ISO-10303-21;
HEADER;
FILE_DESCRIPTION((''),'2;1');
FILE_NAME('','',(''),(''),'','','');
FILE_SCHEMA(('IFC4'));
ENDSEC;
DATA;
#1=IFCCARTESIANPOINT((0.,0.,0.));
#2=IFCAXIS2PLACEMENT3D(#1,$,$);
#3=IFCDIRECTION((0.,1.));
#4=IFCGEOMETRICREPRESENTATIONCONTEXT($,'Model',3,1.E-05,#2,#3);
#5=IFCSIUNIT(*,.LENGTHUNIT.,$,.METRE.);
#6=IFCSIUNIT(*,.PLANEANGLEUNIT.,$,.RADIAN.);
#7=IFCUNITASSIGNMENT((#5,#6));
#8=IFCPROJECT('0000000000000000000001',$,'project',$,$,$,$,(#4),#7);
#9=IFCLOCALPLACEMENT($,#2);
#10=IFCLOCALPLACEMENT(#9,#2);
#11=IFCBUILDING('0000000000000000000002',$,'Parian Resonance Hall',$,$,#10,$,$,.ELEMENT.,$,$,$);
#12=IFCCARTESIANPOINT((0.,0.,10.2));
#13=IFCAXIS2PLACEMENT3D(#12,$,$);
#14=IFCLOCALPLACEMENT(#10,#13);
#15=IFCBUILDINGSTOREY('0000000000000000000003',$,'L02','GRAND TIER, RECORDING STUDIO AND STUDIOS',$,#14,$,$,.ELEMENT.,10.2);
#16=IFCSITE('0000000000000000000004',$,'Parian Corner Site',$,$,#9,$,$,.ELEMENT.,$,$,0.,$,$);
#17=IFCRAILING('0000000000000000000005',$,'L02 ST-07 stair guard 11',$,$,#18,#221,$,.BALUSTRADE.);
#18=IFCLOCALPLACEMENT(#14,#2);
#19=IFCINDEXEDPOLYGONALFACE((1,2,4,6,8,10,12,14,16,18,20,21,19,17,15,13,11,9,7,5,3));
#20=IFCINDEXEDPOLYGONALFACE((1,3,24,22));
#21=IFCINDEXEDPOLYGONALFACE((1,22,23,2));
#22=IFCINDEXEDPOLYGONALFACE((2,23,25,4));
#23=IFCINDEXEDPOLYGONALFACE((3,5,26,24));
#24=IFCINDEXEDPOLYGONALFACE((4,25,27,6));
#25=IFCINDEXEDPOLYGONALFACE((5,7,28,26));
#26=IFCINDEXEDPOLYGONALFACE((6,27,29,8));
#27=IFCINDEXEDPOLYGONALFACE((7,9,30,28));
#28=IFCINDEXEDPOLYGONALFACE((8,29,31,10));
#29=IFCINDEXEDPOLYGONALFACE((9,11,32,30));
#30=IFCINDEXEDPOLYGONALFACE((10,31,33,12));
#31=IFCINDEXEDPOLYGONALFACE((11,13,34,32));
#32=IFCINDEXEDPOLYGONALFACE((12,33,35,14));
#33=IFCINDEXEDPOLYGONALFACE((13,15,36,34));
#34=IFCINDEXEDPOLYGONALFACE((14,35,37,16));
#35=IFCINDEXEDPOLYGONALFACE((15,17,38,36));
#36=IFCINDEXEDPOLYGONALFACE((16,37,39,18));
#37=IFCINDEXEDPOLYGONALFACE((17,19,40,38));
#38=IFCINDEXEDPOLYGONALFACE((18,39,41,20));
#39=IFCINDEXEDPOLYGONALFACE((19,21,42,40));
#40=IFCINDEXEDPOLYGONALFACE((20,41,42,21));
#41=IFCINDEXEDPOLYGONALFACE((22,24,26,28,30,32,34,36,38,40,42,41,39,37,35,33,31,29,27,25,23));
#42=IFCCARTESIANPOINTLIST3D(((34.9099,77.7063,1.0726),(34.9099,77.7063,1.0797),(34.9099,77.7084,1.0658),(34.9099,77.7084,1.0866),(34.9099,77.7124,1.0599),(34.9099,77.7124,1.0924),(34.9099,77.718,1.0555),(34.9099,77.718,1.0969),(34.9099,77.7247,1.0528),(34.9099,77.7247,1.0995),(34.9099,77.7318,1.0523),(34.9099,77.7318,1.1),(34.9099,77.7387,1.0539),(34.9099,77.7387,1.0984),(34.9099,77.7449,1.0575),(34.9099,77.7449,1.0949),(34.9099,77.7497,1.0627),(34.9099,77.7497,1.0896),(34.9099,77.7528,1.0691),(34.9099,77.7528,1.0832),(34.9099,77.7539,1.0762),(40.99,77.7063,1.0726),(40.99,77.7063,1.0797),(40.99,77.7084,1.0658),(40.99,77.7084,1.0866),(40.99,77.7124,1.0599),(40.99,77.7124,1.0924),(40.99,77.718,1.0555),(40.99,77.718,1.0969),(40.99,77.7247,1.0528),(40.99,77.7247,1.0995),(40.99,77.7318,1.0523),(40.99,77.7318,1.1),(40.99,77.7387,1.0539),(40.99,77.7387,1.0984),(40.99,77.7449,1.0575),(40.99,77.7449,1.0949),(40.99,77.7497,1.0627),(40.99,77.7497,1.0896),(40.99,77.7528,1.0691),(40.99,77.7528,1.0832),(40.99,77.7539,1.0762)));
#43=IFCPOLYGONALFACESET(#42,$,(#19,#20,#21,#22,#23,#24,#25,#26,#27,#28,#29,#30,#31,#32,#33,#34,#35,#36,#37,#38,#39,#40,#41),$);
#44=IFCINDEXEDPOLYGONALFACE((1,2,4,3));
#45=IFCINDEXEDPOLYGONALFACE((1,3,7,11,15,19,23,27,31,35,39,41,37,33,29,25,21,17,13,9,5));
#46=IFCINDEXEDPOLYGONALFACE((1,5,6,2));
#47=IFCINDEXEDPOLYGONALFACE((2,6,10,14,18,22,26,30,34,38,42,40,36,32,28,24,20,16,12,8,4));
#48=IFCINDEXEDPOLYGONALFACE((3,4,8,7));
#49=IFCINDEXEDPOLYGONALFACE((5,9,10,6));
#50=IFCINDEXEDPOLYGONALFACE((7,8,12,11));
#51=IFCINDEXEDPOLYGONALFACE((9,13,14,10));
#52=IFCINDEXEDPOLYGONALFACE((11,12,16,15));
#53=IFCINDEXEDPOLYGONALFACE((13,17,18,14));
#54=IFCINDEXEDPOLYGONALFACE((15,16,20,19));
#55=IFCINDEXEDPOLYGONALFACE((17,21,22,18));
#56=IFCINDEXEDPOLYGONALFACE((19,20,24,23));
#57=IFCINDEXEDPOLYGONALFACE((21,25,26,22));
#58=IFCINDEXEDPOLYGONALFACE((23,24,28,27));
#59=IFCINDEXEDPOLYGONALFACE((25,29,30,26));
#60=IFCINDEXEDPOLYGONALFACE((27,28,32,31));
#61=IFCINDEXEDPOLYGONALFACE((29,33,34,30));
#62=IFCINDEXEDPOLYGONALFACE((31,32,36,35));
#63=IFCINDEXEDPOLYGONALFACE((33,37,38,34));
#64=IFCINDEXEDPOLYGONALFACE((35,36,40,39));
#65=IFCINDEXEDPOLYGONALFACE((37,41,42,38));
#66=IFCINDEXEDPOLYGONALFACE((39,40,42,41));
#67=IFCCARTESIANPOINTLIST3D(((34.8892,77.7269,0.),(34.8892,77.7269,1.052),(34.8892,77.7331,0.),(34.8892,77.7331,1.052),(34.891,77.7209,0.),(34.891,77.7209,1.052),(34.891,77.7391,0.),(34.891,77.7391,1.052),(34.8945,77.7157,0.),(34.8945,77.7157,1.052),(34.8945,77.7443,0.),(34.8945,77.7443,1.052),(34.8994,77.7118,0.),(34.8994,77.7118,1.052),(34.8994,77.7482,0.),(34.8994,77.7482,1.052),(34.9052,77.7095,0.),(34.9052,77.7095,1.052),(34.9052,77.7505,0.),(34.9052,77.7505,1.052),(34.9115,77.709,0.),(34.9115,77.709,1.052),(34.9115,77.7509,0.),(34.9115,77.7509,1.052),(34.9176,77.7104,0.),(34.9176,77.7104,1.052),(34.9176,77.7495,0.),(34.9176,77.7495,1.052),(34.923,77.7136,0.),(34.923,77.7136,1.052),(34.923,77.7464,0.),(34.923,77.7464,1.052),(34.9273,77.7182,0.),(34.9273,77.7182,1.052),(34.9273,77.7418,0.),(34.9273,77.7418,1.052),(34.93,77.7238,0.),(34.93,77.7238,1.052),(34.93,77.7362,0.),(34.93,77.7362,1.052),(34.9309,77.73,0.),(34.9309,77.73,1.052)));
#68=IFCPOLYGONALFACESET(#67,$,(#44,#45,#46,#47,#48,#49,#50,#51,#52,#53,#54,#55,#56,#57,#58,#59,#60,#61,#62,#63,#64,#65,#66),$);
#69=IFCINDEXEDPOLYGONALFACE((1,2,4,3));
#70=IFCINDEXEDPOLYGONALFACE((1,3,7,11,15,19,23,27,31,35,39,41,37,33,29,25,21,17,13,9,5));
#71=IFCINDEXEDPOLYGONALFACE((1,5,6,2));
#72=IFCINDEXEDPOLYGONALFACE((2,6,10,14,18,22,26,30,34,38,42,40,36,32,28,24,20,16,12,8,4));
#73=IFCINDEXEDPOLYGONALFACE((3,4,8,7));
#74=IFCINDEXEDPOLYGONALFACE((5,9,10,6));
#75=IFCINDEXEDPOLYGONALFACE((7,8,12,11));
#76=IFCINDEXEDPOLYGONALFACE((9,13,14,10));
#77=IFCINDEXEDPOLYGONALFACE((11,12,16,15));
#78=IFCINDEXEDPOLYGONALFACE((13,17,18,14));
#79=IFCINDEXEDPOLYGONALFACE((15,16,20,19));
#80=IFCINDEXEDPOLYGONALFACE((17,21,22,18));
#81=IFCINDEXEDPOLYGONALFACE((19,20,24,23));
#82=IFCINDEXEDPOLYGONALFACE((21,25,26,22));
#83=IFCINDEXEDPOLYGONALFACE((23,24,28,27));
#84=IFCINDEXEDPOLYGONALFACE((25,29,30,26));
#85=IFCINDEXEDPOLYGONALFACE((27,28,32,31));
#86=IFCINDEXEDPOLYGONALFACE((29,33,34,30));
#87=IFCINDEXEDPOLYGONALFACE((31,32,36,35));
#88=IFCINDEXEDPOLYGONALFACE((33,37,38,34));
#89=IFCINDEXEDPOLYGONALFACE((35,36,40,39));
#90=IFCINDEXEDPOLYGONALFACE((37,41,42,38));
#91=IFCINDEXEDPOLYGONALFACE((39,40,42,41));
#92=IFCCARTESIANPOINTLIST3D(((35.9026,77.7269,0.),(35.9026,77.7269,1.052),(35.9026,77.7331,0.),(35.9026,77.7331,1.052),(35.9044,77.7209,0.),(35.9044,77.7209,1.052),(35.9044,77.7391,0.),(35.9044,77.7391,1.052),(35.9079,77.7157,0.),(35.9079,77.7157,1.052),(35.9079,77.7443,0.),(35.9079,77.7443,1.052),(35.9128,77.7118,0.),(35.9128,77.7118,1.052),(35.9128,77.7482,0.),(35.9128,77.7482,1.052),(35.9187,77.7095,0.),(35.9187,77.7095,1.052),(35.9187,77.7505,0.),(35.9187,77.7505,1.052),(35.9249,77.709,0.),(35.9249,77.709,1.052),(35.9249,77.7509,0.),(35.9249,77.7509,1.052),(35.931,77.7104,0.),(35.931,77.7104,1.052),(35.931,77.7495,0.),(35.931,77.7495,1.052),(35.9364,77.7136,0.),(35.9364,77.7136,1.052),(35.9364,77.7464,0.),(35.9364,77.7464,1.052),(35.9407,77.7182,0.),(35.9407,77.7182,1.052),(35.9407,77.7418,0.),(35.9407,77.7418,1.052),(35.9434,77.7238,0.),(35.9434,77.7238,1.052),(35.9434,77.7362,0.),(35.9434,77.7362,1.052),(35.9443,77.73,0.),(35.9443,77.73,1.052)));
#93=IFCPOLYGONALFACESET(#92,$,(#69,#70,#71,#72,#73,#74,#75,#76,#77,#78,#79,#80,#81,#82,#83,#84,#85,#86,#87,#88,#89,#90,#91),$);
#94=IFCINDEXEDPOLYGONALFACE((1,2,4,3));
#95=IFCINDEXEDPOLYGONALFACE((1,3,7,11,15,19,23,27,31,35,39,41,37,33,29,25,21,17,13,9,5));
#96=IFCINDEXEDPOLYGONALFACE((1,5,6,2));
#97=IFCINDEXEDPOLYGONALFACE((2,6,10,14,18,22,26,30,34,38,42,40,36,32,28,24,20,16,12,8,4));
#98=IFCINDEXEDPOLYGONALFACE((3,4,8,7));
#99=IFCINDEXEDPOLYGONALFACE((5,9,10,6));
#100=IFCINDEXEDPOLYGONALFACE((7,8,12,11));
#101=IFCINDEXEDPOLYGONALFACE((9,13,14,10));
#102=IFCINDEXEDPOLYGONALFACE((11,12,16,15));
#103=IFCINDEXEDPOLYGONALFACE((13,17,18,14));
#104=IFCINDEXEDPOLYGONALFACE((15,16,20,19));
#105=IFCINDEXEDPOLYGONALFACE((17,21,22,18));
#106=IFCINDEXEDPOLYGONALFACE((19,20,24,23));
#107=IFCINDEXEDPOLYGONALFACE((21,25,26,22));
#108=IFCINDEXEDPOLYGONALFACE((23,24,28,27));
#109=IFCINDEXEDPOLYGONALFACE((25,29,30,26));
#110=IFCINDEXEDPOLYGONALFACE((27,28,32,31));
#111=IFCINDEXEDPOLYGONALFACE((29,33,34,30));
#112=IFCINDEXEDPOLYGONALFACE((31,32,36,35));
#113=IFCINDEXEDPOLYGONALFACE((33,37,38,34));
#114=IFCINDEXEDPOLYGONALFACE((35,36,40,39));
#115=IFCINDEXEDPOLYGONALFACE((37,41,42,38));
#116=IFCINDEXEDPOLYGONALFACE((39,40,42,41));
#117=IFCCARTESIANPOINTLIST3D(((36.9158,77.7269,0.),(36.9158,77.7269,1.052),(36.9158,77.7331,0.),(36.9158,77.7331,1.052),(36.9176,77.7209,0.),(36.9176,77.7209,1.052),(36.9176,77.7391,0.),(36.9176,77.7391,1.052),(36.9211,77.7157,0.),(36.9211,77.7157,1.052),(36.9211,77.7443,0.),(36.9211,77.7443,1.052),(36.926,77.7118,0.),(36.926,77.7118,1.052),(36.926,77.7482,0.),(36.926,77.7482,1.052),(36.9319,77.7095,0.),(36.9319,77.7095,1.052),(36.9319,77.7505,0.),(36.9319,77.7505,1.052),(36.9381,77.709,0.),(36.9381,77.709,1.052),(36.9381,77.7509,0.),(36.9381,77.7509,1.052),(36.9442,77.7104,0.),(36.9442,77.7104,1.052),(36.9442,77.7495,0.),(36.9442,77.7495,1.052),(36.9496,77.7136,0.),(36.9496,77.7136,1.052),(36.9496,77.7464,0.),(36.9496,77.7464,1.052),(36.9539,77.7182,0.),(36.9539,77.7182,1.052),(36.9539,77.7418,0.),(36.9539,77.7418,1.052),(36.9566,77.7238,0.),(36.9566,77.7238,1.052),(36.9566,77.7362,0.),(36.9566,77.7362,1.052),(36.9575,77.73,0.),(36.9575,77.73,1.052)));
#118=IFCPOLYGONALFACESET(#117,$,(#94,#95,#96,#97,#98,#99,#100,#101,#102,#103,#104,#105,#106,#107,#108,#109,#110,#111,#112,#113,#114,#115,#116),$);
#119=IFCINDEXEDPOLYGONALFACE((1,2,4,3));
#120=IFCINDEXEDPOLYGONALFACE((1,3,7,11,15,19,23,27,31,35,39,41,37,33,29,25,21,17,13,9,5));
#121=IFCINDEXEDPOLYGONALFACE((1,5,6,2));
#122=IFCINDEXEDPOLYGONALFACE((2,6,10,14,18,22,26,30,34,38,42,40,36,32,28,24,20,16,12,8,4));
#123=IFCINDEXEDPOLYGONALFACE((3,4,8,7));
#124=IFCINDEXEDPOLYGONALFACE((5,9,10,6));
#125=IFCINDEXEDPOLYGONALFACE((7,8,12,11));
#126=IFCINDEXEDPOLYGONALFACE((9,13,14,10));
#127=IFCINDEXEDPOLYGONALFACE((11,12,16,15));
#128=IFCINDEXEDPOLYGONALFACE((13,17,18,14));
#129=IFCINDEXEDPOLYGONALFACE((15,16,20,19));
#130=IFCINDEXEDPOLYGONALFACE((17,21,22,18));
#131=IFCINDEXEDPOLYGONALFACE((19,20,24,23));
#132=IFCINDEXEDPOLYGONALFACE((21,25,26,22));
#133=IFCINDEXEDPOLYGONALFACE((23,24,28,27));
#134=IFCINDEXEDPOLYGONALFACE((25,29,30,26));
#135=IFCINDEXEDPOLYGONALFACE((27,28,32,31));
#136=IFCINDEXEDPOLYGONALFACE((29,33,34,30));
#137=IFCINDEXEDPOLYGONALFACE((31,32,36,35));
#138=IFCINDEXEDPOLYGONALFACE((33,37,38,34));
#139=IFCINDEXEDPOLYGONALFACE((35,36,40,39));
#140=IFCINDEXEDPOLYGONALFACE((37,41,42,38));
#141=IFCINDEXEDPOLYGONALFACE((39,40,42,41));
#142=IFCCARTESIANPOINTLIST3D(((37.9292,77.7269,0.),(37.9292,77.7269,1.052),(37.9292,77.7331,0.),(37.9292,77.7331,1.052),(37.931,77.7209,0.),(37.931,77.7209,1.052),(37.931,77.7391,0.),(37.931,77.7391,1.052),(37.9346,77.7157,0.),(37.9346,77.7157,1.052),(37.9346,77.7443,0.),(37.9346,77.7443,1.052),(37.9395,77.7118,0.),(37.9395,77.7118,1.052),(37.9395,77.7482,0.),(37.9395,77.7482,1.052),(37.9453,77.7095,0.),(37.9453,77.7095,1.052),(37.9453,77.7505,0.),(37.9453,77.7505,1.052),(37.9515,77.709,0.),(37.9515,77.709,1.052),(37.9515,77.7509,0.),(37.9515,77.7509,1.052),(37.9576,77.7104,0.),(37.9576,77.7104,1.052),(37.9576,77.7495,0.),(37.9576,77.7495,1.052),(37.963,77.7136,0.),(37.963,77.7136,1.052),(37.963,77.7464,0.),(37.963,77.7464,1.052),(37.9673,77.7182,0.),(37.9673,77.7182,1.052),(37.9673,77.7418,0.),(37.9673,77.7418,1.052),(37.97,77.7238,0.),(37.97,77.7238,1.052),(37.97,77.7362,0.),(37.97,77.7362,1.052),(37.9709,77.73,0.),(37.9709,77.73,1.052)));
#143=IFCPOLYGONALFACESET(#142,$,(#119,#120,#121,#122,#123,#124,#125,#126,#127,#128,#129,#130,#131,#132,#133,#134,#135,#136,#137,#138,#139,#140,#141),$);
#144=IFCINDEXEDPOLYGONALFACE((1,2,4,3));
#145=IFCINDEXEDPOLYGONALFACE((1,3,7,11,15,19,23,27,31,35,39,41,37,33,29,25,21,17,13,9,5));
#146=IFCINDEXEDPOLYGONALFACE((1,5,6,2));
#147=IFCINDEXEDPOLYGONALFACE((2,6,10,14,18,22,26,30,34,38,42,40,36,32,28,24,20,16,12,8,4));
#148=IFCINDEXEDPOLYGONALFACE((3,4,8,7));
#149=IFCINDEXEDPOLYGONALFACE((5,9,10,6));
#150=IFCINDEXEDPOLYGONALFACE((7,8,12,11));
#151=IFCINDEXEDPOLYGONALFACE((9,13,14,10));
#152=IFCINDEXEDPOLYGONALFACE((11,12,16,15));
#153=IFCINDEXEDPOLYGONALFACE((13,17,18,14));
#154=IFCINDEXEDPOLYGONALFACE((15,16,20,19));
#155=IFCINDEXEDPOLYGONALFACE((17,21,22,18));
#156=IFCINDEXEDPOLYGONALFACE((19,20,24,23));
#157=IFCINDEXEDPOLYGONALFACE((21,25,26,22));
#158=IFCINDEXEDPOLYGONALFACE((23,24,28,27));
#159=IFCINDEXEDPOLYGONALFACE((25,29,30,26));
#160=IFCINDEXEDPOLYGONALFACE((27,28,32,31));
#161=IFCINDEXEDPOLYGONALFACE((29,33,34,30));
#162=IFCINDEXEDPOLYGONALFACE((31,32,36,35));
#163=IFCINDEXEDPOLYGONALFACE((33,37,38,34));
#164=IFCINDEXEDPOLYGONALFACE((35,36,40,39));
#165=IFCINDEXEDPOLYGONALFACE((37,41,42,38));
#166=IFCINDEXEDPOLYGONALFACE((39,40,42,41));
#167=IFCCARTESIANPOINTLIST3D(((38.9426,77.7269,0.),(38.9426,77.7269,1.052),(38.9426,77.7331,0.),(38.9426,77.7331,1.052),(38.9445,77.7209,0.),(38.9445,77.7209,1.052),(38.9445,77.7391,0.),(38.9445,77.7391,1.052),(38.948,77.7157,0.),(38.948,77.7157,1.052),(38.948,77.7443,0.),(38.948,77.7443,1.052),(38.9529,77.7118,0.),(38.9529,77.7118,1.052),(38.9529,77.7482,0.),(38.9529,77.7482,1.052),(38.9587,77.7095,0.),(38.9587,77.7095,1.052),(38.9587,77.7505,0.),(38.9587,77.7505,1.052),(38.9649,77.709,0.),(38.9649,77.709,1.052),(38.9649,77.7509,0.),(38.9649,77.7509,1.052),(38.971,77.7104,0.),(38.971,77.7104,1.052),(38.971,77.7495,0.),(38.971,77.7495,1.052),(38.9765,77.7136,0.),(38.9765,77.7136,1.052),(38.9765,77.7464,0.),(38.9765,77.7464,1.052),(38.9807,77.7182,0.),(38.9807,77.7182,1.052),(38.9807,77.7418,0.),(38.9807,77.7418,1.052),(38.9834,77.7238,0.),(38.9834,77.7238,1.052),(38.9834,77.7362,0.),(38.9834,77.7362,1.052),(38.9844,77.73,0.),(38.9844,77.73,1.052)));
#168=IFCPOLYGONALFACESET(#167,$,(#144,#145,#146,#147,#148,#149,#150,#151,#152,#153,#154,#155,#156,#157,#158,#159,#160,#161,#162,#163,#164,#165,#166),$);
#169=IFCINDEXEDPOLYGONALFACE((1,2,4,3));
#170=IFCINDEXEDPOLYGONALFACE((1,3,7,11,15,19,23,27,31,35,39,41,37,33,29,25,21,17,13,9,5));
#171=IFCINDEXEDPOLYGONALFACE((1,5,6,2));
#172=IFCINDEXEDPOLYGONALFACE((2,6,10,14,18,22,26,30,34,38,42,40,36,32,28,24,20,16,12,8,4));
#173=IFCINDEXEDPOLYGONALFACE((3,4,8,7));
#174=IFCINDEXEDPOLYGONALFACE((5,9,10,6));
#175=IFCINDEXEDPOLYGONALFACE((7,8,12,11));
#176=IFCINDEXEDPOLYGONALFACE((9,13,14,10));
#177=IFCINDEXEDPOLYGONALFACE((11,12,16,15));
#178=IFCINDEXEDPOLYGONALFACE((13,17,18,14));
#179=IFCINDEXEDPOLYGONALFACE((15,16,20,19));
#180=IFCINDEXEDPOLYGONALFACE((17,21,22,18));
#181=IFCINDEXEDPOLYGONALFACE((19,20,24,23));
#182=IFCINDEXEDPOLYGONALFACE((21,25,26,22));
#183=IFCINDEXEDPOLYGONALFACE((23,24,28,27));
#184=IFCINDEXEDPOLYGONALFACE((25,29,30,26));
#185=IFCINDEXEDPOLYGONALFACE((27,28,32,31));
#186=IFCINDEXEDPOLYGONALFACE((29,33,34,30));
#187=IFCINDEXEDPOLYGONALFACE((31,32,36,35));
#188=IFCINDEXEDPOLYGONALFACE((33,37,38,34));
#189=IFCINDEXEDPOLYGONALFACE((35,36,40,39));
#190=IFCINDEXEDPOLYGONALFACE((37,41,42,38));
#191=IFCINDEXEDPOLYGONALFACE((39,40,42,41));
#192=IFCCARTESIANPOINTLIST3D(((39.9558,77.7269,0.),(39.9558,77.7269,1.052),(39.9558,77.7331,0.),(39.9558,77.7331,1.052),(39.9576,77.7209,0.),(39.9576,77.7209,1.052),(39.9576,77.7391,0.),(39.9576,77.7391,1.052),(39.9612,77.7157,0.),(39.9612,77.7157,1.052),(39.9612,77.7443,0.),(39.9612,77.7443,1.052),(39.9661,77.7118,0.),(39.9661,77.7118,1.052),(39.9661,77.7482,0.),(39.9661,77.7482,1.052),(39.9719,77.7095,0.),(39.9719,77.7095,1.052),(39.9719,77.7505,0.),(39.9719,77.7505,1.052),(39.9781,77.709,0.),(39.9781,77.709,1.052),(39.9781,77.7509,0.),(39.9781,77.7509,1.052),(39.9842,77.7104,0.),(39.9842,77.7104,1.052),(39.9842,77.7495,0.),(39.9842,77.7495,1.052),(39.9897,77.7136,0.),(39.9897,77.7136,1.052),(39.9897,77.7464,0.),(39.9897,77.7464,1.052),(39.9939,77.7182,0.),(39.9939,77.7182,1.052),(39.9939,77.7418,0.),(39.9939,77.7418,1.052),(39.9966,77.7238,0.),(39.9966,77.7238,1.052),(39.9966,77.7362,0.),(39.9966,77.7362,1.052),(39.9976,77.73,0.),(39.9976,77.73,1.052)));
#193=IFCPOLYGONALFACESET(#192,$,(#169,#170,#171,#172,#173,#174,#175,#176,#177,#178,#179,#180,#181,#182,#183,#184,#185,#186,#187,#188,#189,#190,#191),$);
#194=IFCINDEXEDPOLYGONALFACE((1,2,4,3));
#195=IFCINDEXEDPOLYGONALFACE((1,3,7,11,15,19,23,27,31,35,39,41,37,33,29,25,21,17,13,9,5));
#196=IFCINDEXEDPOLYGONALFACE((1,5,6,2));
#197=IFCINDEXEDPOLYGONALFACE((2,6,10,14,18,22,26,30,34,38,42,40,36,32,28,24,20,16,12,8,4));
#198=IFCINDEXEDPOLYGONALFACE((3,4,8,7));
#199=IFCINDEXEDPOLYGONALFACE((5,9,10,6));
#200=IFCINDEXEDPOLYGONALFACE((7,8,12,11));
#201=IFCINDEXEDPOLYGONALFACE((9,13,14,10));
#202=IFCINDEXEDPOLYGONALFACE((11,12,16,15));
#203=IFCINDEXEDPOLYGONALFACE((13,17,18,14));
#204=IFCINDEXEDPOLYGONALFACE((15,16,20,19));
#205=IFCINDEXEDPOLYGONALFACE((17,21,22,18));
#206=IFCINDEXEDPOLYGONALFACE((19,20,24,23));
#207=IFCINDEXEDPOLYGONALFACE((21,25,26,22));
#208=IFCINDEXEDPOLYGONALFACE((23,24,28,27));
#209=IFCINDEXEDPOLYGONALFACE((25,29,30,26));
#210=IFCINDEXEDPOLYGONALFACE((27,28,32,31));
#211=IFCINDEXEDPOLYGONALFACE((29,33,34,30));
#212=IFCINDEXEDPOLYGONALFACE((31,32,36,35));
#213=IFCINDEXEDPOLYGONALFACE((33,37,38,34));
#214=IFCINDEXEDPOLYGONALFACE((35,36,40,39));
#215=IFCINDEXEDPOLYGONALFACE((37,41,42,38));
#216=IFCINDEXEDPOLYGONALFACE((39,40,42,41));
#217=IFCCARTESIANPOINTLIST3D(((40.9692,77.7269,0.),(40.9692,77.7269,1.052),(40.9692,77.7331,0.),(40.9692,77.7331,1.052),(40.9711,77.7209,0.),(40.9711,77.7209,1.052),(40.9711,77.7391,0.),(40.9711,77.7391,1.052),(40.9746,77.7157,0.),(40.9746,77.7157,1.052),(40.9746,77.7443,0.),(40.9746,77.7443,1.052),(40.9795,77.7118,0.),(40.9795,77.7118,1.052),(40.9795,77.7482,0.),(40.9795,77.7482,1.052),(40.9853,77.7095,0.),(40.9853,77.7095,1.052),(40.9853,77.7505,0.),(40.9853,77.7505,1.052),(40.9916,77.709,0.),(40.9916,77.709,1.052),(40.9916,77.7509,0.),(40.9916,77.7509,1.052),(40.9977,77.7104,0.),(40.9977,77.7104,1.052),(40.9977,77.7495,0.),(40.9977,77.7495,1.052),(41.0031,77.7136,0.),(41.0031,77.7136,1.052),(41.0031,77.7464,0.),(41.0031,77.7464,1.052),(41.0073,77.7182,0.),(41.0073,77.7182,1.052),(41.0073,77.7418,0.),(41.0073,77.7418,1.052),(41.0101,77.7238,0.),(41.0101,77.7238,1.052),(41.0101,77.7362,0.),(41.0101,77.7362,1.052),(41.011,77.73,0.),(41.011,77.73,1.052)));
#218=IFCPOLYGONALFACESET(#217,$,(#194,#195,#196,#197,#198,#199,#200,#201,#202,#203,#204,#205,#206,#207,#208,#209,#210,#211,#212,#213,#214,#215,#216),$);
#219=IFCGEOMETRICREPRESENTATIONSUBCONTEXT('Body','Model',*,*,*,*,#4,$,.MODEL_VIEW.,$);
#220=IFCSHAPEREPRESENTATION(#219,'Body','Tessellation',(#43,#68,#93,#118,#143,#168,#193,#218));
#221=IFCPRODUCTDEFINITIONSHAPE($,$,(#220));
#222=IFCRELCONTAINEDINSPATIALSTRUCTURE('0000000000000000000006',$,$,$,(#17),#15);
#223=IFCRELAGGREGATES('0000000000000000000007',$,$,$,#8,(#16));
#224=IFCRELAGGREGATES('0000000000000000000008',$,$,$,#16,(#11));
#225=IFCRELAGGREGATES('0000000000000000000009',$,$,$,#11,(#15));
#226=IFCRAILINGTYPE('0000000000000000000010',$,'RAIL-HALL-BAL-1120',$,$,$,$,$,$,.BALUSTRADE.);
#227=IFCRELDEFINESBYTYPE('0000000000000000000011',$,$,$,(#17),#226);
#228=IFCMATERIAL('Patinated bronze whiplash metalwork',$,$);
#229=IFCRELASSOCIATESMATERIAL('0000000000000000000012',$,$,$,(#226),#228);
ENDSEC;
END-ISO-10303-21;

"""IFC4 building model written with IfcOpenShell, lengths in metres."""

from ifc_helpers import new_model, si_unit, direction, frame, origin, origin_2d, place, context, subcontext, project, spatial, circle, extrude, material, type_object, element, save


model = new_model("IFC4")

# Units and contexts
model_context = context("Model", 3, precision=1e-05, world=origin(), true_north=direction((0.0, 1.0)))
body_context = subcontext(model_context, "Body", "Model", "MODEL_VIEW")
ifc_project = project(units=[si_unit("LENGTHUNIT", "METRE"), si_unit("PLANEANGLEUNIT", "RADIAN")], contexts=[model_context])

# Site, building, storey
site_placement = place(None, origin())
site = spatial("IfcSite", under=ifc_project, at=site_placement, Name="Parian Corner Site", CompositionType="ELEMENT", RefElevation=0.0)
building_placement = place(site_placement, origin())
building = spatial("IfcBuilding", under=site, at=building_placement, Name="Parian Resonance Hall", CompositionType="ELEMENT")
storey_placement = place(building_placement, frame((0.0, 0.0, 10.2)))
storey = spatial("IfcBuildingStorey", under=building, at=storey_placement, Name="L02", Description="GRAND TIER, RECORDING STUDIO AND STUDIOS", CompositionType="ELEMENT", Elevation=10.2)

# Railing
ifc_material_1 = material(Name="Patinated bronze whiplash metalwork")
railing_type_1 = type_object("IfcRailingType", Name="RAIL-HALL-BAL-1120", PredefinedType="BALUSTRADE", material=ifc_material_1)
railing_1_placement = place(storey_placement, frame((34.9099, 77.73, 0.0)))
element("IfcRailing", 1, at=railing_1_placement, inside=storey, type_object=railing_type_1, Name="L02 ST-07 stair guard 11", PredefinedType="BALUSTRADE", context=body_context, shape_type="SweptSolid", body=[
    extrude(circle(Radius=0.0239, at=origin_2d()), frame((0.0, 0.0, 1.0762), z_axis=(1.0, 0.0, 0.0), x_axis=(0.0, 1.0, 0.0)), (0.0, 0.0, 1.0), 6.0801),
    extrude(circle(Radius=0.021, at=origin_2d()), origin(), (0.0, 0.0, 1.0), 1.052),
    extrude(circle(Radius=0.021, at=origin_2d()), frame((1.0134, 0.0, 0.0)), (0.0, 0.0, 1.0), 1.052),
    extrude(circle(Radius=0.021, at=origin_2d()), frame((2.0266, 0.0, 0.0)), (0.0, 0.0, 1.0), 1.052),
    extrude(circle(Radius=0.021, at=origin_2d()), frame((3.04, 0.0, 0.0)), (0.0, 0.0, 1.0), 1.052),
    extrude(circle(Radius=0.021, at=origin_2d()), frame((4.0535, 0.0, 0.0)), (0.0, 0.0, 1.0), 1.052),
    extrude(circle(Radius=0.021, at=origin_2d()), frame((5.0667, 0.0, 0.0)), (0.0, 0.0, 1.0), 1.052),
    extrude(circle(Radius=0.021, at=origin_2d()), frame((6.0801, 0.0, 0.0)), (0.0, 0.0, 1.0), 1.052),
])

save(model, "model.ifc")
